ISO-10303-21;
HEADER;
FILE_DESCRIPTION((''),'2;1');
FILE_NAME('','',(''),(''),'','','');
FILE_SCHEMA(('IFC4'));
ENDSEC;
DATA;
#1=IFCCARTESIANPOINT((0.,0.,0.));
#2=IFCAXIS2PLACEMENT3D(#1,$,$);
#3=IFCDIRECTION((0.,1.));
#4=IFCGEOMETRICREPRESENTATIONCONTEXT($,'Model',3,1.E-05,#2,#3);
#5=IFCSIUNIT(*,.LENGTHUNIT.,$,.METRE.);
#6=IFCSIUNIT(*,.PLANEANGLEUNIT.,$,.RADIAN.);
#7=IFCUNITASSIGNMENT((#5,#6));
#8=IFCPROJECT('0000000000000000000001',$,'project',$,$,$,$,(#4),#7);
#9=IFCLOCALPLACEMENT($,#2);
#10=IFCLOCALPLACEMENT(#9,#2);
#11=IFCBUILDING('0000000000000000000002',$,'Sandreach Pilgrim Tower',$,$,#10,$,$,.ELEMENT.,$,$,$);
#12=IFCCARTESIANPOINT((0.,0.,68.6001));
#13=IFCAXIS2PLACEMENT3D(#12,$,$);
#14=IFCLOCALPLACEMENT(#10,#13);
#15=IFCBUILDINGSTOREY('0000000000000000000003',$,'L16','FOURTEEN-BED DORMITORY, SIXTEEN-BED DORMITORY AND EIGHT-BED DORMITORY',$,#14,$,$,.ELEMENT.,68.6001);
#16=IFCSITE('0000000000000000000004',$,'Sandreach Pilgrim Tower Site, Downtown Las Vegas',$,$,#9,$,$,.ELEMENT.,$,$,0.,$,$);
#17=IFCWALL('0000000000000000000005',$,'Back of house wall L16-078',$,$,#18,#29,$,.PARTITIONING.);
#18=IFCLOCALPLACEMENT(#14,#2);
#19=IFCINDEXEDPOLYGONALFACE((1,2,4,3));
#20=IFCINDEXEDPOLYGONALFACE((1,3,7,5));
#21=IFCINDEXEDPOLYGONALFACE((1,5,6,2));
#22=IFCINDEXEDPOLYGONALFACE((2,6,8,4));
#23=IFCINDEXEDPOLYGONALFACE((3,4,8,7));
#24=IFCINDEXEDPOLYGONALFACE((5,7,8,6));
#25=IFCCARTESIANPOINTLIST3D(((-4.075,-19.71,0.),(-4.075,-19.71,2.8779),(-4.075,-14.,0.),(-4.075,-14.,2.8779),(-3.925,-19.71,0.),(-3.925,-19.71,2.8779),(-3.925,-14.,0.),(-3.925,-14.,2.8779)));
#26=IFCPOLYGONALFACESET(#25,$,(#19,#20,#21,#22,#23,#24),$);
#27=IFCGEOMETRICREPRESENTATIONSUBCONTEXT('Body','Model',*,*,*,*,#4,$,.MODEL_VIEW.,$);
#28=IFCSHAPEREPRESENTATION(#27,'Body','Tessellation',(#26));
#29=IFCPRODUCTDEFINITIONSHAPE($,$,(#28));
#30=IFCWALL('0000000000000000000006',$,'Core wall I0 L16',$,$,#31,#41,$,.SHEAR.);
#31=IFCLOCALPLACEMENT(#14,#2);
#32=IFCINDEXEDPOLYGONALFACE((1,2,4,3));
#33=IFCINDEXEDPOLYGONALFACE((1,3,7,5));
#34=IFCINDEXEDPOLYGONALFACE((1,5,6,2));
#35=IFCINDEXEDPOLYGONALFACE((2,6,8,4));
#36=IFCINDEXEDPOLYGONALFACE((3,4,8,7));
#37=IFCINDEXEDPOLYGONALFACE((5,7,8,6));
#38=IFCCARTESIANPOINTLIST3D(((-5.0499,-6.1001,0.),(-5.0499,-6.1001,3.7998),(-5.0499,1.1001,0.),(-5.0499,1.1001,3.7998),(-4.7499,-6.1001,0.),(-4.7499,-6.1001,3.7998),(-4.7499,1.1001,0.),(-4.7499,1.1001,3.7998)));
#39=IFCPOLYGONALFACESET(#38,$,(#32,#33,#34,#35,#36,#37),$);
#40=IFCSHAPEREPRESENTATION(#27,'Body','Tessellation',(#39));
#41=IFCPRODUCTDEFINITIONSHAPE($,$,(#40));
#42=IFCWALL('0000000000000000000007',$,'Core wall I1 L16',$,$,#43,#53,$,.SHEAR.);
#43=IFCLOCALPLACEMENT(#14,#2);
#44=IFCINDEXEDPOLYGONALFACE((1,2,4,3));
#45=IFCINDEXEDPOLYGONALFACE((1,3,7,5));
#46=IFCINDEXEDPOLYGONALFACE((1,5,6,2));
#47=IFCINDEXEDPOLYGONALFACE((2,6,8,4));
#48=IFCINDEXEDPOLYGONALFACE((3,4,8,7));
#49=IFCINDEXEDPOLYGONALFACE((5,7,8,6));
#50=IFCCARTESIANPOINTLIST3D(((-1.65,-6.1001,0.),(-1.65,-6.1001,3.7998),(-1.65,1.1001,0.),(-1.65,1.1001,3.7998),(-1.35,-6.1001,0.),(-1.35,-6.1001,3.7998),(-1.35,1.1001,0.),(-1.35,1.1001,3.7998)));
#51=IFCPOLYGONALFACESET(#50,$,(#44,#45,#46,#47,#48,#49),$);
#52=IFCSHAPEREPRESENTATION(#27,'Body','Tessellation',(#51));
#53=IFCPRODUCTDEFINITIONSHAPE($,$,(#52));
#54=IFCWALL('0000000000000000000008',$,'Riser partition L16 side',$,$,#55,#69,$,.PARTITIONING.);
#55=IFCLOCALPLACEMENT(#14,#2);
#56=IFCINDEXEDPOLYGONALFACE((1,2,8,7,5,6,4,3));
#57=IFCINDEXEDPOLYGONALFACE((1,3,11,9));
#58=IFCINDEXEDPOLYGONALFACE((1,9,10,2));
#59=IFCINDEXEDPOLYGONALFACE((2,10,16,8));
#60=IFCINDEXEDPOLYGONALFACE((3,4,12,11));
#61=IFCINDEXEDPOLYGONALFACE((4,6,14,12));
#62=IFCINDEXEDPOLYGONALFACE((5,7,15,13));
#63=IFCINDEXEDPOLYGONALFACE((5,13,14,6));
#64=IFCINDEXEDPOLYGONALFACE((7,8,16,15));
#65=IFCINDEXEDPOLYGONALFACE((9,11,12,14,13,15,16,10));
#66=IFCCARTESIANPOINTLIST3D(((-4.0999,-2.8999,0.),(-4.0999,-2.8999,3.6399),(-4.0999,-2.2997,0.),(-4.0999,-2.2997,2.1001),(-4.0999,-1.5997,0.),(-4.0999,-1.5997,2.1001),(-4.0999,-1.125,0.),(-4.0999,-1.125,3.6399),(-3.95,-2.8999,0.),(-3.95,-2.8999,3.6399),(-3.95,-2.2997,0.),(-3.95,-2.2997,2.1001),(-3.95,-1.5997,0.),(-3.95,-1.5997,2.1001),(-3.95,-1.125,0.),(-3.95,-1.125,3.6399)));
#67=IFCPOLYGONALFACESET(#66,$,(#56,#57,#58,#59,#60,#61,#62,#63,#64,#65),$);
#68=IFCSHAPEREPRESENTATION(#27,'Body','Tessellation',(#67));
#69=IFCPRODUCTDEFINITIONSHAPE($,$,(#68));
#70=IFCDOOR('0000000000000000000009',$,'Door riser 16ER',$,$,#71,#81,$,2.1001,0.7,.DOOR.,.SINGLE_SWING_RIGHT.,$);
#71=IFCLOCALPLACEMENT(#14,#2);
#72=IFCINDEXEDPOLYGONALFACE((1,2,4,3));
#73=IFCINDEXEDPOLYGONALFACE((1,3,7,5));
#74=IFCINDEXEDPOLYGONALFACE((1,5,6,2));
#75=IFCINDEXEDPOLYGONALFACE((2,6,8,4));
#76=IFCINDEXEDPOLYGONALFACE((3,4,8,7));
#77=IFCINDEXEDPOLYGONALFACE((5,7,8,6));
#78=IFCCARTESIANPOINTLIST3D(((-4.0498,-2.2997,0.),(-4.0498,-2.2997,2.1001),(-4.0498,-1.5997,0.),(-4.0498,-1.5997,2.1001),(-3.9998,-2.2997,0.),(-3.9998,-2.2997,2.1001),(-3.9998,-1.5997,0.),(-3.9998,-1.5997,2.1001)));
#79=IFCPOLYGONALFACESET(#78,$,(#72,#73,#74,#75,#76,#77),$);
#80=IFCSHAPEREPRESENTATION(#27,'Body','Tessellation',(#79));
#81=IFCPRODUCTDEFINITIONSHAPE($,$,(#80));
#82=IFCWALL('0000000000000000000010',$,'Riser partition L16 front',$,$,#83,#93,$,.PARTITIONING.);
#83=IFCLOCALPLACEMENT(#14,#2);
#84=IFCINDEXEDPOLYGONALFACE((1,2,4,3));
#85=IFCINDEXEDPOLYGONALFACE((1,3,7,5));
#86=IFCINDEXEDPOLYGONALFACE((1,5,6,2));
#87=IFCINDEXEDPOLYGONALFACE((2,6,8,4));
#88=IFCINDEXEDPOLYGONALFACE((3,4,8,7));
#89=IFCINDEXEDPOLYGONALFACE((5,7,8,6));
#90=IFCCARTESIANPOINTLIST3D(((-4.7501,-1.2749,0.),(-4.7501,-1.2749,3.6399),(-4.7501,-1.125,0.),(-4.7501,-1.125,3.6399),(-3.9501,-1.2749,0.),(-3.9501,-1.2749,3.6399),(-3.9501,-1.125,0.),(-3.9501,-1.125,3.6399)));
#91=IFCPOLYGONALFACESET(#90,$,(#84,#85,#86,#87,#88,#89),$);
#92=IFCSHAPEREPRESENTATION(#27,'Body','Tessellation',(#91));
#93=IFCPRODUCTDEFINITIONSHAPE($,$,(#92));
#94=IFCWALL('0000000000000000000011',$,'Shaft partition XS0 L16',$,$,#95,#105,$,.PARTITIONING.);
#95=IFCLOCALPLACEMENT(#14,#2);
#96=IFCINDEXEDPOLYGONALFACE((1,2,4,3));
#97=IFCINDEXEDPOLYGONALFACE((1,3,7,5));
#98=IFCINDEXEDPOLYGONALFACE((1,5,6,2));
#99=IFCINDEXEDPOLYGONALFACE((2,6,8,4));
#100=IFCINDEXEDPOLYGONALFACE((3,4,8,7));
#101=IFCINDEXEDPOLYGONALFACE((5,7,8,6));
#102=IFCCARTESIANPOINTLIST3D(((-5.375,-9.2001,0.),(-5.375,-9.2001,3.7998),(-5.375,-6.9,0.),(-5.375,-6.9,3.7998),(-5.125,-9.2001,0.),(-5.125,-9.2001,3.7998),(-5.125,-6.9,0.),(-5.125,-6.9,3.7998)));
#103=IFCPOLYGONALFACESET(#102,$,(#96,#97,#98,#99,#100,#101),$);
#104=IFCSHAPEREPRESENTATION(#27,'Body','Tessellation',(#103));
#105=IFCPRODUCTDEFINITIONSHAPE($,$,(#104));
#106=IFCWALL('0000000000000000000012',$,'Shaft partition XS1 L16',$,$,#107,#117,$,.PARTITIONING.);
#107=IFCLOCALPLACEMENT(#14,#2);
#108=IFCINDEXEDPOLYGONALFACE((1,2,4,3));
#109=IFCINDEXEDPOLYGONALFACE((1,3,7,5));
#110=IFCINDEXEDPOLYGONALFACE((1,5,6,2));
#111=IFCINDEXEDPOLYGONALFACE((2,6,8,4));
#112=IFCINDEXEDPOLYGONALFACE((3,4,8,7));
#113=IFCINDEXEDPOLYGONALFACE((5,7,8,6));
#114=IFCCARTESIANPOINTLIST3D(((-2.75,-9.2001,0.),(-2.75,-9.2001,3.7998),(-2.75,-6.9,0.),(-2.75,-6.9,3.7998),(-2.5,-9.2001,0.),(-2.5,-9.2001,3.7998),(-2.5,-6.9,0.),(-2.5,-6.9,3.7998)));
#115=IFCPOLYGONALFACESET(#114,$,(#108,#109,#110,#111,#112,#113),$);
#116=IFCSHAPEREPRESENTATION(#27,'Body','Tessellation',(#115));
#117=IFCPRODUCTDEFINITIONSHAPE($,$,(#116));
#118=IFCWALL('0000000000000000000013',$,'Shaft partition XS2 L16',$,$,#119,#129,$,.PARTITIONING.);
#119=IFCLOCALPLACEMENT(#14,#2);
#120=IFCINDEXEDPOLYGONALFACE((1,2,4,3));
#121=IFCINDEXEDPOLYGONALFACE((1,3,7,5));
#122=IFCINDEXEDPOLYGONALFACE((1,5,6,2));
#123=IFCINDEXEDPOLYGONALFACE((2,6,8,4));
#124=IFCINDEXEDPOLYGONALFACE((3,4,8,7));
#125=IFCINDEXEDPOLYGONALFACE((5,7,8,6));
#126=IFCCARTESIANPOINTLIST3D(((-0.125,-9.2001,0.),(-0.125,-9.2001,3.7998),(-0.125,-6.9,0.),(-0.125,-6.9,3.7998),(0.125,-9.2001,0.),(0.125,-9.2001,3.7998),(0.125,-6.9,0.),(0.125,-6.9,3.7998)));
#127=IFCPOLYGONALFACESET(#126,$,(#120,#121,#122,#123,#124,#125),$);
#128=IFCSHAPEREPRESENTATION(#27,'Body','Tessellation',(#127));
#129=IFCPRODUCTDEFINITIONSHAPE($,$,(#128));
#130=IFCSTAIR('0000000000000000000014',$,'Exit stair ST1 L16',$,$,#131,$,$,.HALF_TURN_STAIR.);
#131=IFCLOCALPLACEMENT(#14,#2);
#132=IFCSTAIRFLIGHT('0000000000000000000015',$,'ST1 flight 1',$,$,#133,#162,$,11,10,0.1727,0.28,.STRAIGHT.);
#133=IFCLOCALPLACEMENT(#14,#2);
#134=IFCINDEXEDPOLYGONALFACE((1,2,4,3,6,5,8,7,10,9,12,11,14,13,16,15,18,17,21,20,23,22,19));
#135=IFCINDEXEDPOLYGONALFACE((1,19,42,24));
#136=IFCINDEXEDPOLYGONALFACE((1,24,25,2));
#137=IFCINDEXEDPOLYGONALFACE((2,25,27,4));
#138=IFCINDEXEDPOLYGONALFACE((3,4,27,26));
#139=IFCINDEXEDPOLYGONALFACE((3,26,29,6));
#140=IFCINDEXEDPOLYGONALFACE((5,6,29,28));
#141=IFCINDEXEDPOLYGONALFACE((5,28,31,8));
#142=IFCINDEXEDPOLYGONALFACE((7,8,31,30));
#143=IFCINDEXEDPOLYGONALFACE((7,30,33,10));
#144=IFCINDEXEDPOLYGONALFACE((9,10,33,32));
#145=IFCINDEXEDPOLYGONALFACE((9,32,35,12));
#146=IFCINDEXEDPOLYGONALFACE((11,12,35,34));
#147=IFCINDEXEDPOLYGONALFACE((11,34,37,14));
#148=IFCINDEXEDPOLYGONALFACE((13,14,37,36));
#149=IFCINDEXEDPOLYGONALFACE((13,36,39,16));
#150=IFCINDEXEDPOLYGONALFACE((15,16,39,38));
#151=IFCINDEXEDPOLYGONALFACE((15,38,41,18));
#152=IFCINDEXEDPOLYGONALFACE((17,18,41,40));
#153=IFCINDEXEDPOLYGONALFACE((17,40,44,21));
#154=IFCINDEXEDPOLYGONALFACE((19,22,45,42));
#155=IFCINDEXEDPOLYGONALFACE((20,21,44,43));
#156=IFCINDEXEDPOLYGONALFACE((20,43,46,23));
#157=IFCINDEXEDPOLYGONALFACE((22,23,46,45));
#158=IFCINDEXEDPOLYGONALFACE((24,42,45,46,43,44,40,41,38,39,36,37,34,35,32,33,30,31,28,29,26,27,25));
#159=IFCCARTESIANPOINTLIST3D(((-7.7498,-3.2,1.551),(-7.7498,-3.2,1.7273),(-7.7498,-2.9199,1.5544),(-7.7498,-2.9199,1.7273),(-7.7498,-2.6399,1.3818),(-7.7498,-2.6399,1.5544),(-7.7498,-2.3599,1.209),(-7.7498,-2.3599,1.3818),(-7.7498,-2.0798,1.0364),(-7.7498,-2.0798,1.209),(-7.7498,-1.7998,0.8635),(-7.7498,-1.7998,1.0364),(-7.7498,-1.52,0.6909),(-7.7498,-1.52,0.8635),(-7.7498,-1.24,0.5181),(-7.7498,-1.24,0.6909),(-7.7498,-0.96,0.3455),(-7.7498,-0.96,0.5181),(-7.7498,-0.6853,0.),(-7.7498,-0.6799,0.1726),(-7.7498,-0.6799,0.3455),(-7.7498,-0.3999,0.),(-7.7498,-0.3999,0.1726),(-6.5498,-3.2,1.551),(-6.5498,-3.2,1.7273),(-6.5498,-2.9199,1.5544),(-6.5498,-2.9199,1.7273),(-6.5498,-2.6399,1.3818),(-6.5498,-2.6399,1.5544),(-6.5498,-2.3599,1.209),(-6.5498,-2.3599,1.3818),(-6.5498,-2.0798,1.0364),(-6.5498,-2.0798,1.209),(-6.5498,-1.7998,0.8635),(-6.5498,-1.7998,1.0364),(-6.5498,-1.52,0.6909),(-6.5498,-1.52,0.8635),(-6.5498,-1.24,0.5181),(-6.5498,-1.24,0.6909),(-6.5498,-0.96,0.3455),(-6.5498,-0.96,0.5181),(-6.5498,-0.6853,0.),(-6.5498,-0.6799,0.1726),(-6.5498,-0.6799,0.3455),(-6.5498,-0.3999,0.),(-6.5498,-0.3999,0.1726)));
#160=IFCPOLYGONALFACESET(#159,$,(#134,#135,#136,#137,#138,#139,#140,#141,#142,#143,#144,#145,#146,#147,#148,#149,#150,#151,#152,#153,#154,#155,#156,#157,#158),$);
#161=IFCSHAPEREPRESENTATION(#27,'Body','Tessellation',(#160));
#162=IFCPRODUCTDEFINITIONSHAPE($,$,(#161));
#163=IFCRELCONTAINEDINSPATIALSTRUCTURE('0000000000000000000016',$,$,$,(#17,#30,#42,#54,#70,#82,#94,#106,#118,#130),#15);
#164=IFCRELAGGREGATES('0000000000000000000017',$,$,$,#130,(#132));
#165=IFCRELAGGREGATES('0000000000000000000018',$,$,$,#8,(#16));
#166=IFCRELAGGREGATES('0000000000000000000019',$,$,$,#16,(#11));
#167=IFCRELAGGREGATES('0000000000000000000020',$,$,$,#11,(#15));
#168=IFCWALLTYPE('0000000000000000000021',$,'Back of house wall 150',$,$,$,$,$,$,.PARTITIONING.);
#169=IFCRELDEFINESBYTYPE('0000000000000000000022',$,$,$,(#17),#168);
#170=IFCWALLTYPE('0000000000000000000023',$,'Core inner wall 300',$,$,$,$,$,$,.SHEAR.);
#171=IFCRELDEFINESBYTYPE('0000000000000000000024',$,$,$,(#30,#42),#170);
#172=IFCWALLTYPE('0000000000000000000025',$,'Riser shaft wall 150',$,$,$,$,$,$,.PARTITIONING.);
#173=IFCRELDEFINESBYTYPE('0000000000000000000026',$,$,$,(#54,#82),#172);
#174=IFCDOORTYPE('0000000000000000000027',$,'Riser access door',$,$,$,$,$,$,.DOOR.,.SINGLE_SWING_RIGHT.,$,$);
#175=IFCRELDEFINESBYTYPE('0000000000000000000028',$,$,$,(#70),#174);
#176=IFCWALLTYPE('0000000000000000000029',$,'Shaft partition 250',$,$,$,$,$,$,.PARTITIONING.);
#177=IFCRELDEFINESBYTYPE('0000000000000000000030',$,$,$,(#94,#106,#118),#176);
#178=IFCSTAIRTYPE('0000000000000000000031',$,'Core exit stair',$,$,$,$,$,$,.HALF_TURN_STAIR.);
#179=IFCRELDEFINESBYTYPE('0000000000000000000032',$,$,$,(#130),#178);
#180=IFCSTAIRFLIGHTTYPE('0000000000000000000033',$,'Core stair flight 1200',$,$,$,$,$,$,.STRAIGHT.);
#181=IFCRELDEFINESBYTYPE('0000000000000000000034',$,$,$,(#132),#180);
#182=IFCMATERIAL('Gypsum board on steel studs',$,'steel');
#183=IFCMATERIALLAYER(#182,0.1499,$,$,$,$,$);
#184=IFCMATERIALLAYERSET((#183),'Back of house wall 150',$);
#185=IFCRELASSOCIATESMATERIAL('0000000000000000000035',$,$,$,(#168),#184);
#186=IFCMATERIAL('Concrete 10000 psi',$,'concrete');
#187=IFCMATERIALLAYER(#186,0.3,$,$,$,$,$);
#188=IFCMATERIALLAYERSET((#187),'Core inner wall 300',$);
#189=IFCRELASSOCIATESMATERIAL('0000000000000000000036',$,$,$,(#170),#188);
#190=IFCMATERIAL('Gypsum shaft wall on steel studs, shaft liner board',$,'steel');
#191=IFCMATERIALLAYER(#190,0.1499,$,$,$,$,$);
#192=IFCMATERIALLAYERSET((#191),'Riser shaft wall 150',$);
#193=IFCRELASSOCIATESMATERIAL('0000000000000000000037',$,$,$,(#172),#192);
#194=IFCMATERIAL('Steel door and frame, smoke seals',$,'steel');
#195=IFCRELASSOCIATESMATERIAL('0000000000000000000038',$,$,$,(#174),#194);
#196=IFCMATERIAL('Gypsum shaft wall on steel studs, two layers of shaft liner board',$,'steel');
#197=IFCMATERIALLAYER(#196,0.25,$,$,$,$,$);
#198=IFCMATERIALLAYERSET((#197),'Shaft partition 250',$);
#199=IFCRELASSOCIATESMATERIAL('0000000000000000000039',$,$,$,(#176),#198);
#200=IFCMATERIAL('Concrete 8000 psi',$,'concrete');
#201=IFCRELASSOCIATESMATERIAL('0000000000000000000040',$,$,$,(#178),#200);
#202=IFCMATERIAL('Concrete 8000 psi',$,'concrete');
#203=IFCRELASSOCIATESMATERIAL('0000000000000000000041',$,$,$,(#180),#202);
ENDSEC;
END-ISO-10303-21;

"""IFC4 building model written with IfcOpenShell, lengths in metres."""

from ifc_helpers import new_model, si_unit, direction, frame, frame_2d, origin, place, context, subcontext, project, spatial, polyline, rectangle, outline, extrude, material, layer, layer_set, type_object, element, fill, aggregate, save


model = new_model("IFC4")

# Units and contexts
model_context = context("Model", 3, precision=1e-05, world=origin(), true_north=direction((0.0, 1.0)))
body_context = subcontext(model_context, "Body", "Model", "MODEL_VIEW")
ifc_project = project(units=[si_unit("LENGTHUNIT", "METRE"), si_unit("PLANEANGLEUNIT", "RADIAN")], contexts=[model_context])

# Site, building, storey
site_placement = place(None, origin())
site = spatial("IfcSite", under=ifc_project, at=site_placement, Name="Sandreach Pilgrim Tower Site, Downtown Las Vegas", CompositionType="ELEMENT", RefElevation=0.0)
building_placement = place(site_placement, origin())
building = spatial("IfcBuilding", under=site, at=building_placement, Name="Sandreach Pilgrim Tower", CompositionType="ELEMENT")
storey_placement = place(building_placement, frame((0.0, 0.0, 68.6001)))
storey = spatial("IfcBuildingStorey", under=building, at=storey_placement, Name="L16", Description="FOURTEEN-BED DORMITORY, SIXTEEN-BED DORMITORY AND EIGHT-BED DORMITORY", CompositionType="ELEMENT", Elevation=68.6001)

# Walls
ifc_material_1 = material(Name="Gypsum board on steel studs", Category="steel")
ifc_layer_1 = layer(ifc_material_1, 0.1499)
ifc_layer_set_1 = layer_set([ifc_layer_1], Name="Back of house wall 150")
wall_type_1 = type_object("IfcWallType", Name="Back of house wall 150", PredefinedType="PARTITIONING", material=ifc_layer_set_1)
wall_1_placement = place(storey_placement, frame((-4.0, -14.0, 0.0), z_axis=(0.0, 0.0, 1.0), x_axis=(0.0, -1.0, 0.0)))
element("IfcWall", 1, at=wall_1_placement, inside=storey, type_object=wall_type_1, Name="Back of house wall L16-078", PredefinedType="PARTITIONING", context=body_context, shape_type="SweptSolid", body=[
    extrude(rectangle(XDim=5.71, YDim=0.1499, at=frame_2d((2.855, 0.0))), origin(), (0.0, 0.0, 1.0), 2.8779),
])
ifc_material_2 = material(Name="Concrete 10000 psi", Category="concrete")
ifc_layer_2 = layer(ifc_material_2, 0.3)
ifc_layer_set_2 = layer_set([ifc_layer_2], Name="Core inner wall 300")
wall_type_2 = type_object("IfcWallType", Name="Core inner wall 300", PredefinedType="SHEAR", material=ifc_layer_set_2)
for number, where, z_axis, x_axis, name in (
    (2, (-4.8999, -6.1001, 0.0), (0.0, 0.0, 1.0), (0.0, 1.0, 0.0), "Core wall I0 L16"),
    (3, (-1.5, -6.1001, 0.0), (0.0, 0.0, 1.0), (0.0, 1.0, 0.0), "Core wall I1 L16"),
):
    element("IfcWall", number, at=place(storey_placement, frame(where, z_axis=z_axis, x_axis=x_axis)), inside=storey, type_object=wall_type_2, Name=name, PredefinedType="SHEAR", context=body_context, shape_type="SweptSolid", body=[
        extrude(rectangle(XDim=7.2002, YDim=0.3, at=frame_2d((3.6001, 0.0))), origin(), (0.0, 0.0, 1.0), 3.7998),
    ])

# Wall, opening, door
ifc_material_3 = material(Name="Gypsum shaft wall on steel studs, shaft liner board", Category="steel")
ifc_layer_3 = layer(ifc_material_3, 0.1499)
ifc_layer_set_3 = layer_set([ifc_layer_3], Name="Riser shaft wall 150")
wall_type_3 = type_object("IfcWallType", Name="Riser shaft wall 150", PredefinedType="PARTITIONING", material=ifc_layer_set_3)
wall_2_placement = place(storey_placement, frame((-4.0249, -2.8999, 0.0), z_axis=(0.0, 0.0, 1.0), x_axis=(0.0, 1.0, 0.0)))
wall_2 = element("IfcWall", 4, at=wall_2_placement, inside=storey, type_object=wall_type_3, Name="Riser partition L16 side", PredefinedType="PARTITIONING", context=body_context, shape_type="SweptSolid", body=[
    extrude(rectangle(XDim=1.7749, YDim=0.1499, at=frame_2d((0.8875, 0.0))), origin(), (0.0, 0.0, 1.0), 3.6399),
])
opening_1_placement = place(wall_2_placement, frame((0.6001, 0.0, 0.0)))
opening_1 = element("IfcOpeningElement", 5, at=opening_1_placement, cuts=wall_2, PredefinedType="OPENING", context=body_context, shape_type="SweptSolid", body=[
    extrude(rectangle(XDim=0.7, YDim=2.1001, at=frame_2d((0.3501, 1.05))), frame((0.0, 0.075, 0.0), z_axis=(0.0, -1.0, 0.0), x_axis=(1.0, 0.0, 0.0)), (0.0, 0.0, 1.0), 0.1499),
])
ifc_material_4 = material(Name="Steel door and frame, smoke seals", Category="steel")
door_type_1 = type_object("IfcDoorType", Name="Riser access door", OperationType="SINGLE_SWING_RIGHT", PredefinedType="DOOR", material=ifc_material_4)
door_1_placement = place(opening_1_placement, origin())
door_1 = element("IfcDoor", 6, at=door_1_placement, inside=storey, type_object=door_type_1, Name="Door riser 16ER", OperationType="SINGLE_SWING_RIGHT", OverallHeight=2.1001, OverallWidth=0.7, PredefinedType="DOOR", context=body_context, shape_type="SweptSolid", body=[
    extrude(rectangle(XDim=0.7, YDim=2.1001, at=frame_2d((0.3501, 1.05))), frame((0.0, 0.0249, 0.0), z_axis=(0.0, -1.0, 0.0), x_axis=(1.0, 0.0, 0.0)), (0.0, 0.0, 1.0), 0.05),
])
fill(opening_1, door_1)

# Walls
wall_3_placement = place(storey_placement, frame((-4.75, -1.2, 0.0), z_axis=(0.0, 0.0, 1.0), x_axis=(1.0, 0.0, 0.0)))
element("IfcWall", 7, at=wall_3_placement, inside=storey, type_object=wall_type_3, Name="Riser partition L16 front", PredefinedType="PARTITIONING", context=body_context, shape_type="SweptSolid", body=[
    extrude(rectangle(XDim=0.8, YDim=0.1499, at=frame_2d((0.3999, 0.0))), origin(), (0.0, 0.0, 1.0), 3.6399),
])
ifc_material_5 = material(Name="Gypsum shaft wall on steel studs, two layers of shaft liner board", Category="steel")
ifc_layer_4 = layer(ifc_material_5, 0.25)
ifc_layer_set_4 = layer_set([ifc_layer_4], Name="Shaft partition 250")
wall_type_4 = type_object("IfcWallType", Name="Shaft partition 250", PredefinedType="PARTITIONING", material=ifc_layer_set_4)
for number, where, z_axis, x_axis, name in (
    (8, (-5.25, -9.2, 0.0), (0.0, 0.0, 1.0), (0.0, 1.0, 0.0), "Shaft partition XS0 L16"),
    (9, (-2.625, -9.2, 0.0), (0.0, 0.0, 1.0), (0.0, 1.0, 0.0), "Shaft partition XS1 L16"),
    (10, (0.0, -9.2, 0.0), (0.0, 0.0, 1.0), (0.0, 1.0, 0.0), "Shaft partition XS2 L16"),
):
    element("IfcWall", number, at=place(storey_placement, frame(where, z_axis=z_axis, x_axis=x_axis)), inside=storey, type_object=wall_type_4, Name=name, PredefinedType="PARTITIONING", context=body_context, shape_type="SweptSolid", body=[
        extrude(rectangle(XDim=2.3, YDim=0.25, at=frame_2d((1.1499, 0.0))), origin(), (0.0, 0.0, 1.0), 3.7998),
    ])

# Stair, stair flight
ifc_material_6 = material(Name="Concrete 8000 psi", Category="concrete")
stair_type = type_object("IfcStairType", Name="Core exit stair", PredefinedType="HALF_TURN_STAIR", material=ifc_material_6)
stair_1_placement = place(storey_placement, origin())
stair_1 = element("IfcStair", 11, at=stair_1_placement, inside=storey, type_object=stair_type, Name="Exit stair ST1 L16", PredefinedType="HALF_TURN_STAIR")
ifc_material_7 = material(Name="Concrete 8000 psi", Category="concrete")
stair_flight_type = type_object("IfcStairFlightType", Name="Core stair flight 1200", PredefinedType="STRAIGHT", material=ifc_material_7)
stair_flight_1_placement = place(storey_placement, frame((-7.1499, -0.3999, 0.0), z_axis=(0.0, 0.0, 1.0), x_axis=(0.0, -1.0, 0.0)))
stair_flight_1 = element("IfcStairFlight", 12, at=stair_flight_1_placement, type_object=stair_flight_type, Name="ST1 flight 1", NumberOfRisers=11, NumberOfTreads=10, PredefinedType="STRAIGHT", RiserHeight=0.1727, TreadLength=0.28, context=body_context, shape_type="SweptSolid", body=[
    extrude(outline(polyline([(0.0, 0.0), (0.0, 0.1726), (0.28, 0.1726), (0.28, 0.3455), (0.5601, 0.3455), (0.5601, 0.5181), (0.8401, 0.5181), (0.8401, 0.6909), (1.1201, 0.6909), (1.1201, 0.8635), (1.3999, 0.8635), (1.3999, 1.0364), (1.6799, 1.0364), (1.6799, 1.209), (1.96, 1.209), (1.96, 1.3818), (2.24, 1.3818), (2.24, 1.5544), (2.52, 1.5544), (2.52, 1.7273), (2.8, 1.7273), (2.8, 1.8999), (2.8, 1.551), (0.2854, 0.0), (0.0, 0.0)])), frame((0.0, 0.6001, 0.0), z_axis=(0.0, -1.0, 0.0), x_axis=(1.0, 0.0, 0.0)), (0.0, 0.0, 1.0), 1.2),
])
aggregate(stair_1, [stair_flight_1])

save(model, "model.ifc")
